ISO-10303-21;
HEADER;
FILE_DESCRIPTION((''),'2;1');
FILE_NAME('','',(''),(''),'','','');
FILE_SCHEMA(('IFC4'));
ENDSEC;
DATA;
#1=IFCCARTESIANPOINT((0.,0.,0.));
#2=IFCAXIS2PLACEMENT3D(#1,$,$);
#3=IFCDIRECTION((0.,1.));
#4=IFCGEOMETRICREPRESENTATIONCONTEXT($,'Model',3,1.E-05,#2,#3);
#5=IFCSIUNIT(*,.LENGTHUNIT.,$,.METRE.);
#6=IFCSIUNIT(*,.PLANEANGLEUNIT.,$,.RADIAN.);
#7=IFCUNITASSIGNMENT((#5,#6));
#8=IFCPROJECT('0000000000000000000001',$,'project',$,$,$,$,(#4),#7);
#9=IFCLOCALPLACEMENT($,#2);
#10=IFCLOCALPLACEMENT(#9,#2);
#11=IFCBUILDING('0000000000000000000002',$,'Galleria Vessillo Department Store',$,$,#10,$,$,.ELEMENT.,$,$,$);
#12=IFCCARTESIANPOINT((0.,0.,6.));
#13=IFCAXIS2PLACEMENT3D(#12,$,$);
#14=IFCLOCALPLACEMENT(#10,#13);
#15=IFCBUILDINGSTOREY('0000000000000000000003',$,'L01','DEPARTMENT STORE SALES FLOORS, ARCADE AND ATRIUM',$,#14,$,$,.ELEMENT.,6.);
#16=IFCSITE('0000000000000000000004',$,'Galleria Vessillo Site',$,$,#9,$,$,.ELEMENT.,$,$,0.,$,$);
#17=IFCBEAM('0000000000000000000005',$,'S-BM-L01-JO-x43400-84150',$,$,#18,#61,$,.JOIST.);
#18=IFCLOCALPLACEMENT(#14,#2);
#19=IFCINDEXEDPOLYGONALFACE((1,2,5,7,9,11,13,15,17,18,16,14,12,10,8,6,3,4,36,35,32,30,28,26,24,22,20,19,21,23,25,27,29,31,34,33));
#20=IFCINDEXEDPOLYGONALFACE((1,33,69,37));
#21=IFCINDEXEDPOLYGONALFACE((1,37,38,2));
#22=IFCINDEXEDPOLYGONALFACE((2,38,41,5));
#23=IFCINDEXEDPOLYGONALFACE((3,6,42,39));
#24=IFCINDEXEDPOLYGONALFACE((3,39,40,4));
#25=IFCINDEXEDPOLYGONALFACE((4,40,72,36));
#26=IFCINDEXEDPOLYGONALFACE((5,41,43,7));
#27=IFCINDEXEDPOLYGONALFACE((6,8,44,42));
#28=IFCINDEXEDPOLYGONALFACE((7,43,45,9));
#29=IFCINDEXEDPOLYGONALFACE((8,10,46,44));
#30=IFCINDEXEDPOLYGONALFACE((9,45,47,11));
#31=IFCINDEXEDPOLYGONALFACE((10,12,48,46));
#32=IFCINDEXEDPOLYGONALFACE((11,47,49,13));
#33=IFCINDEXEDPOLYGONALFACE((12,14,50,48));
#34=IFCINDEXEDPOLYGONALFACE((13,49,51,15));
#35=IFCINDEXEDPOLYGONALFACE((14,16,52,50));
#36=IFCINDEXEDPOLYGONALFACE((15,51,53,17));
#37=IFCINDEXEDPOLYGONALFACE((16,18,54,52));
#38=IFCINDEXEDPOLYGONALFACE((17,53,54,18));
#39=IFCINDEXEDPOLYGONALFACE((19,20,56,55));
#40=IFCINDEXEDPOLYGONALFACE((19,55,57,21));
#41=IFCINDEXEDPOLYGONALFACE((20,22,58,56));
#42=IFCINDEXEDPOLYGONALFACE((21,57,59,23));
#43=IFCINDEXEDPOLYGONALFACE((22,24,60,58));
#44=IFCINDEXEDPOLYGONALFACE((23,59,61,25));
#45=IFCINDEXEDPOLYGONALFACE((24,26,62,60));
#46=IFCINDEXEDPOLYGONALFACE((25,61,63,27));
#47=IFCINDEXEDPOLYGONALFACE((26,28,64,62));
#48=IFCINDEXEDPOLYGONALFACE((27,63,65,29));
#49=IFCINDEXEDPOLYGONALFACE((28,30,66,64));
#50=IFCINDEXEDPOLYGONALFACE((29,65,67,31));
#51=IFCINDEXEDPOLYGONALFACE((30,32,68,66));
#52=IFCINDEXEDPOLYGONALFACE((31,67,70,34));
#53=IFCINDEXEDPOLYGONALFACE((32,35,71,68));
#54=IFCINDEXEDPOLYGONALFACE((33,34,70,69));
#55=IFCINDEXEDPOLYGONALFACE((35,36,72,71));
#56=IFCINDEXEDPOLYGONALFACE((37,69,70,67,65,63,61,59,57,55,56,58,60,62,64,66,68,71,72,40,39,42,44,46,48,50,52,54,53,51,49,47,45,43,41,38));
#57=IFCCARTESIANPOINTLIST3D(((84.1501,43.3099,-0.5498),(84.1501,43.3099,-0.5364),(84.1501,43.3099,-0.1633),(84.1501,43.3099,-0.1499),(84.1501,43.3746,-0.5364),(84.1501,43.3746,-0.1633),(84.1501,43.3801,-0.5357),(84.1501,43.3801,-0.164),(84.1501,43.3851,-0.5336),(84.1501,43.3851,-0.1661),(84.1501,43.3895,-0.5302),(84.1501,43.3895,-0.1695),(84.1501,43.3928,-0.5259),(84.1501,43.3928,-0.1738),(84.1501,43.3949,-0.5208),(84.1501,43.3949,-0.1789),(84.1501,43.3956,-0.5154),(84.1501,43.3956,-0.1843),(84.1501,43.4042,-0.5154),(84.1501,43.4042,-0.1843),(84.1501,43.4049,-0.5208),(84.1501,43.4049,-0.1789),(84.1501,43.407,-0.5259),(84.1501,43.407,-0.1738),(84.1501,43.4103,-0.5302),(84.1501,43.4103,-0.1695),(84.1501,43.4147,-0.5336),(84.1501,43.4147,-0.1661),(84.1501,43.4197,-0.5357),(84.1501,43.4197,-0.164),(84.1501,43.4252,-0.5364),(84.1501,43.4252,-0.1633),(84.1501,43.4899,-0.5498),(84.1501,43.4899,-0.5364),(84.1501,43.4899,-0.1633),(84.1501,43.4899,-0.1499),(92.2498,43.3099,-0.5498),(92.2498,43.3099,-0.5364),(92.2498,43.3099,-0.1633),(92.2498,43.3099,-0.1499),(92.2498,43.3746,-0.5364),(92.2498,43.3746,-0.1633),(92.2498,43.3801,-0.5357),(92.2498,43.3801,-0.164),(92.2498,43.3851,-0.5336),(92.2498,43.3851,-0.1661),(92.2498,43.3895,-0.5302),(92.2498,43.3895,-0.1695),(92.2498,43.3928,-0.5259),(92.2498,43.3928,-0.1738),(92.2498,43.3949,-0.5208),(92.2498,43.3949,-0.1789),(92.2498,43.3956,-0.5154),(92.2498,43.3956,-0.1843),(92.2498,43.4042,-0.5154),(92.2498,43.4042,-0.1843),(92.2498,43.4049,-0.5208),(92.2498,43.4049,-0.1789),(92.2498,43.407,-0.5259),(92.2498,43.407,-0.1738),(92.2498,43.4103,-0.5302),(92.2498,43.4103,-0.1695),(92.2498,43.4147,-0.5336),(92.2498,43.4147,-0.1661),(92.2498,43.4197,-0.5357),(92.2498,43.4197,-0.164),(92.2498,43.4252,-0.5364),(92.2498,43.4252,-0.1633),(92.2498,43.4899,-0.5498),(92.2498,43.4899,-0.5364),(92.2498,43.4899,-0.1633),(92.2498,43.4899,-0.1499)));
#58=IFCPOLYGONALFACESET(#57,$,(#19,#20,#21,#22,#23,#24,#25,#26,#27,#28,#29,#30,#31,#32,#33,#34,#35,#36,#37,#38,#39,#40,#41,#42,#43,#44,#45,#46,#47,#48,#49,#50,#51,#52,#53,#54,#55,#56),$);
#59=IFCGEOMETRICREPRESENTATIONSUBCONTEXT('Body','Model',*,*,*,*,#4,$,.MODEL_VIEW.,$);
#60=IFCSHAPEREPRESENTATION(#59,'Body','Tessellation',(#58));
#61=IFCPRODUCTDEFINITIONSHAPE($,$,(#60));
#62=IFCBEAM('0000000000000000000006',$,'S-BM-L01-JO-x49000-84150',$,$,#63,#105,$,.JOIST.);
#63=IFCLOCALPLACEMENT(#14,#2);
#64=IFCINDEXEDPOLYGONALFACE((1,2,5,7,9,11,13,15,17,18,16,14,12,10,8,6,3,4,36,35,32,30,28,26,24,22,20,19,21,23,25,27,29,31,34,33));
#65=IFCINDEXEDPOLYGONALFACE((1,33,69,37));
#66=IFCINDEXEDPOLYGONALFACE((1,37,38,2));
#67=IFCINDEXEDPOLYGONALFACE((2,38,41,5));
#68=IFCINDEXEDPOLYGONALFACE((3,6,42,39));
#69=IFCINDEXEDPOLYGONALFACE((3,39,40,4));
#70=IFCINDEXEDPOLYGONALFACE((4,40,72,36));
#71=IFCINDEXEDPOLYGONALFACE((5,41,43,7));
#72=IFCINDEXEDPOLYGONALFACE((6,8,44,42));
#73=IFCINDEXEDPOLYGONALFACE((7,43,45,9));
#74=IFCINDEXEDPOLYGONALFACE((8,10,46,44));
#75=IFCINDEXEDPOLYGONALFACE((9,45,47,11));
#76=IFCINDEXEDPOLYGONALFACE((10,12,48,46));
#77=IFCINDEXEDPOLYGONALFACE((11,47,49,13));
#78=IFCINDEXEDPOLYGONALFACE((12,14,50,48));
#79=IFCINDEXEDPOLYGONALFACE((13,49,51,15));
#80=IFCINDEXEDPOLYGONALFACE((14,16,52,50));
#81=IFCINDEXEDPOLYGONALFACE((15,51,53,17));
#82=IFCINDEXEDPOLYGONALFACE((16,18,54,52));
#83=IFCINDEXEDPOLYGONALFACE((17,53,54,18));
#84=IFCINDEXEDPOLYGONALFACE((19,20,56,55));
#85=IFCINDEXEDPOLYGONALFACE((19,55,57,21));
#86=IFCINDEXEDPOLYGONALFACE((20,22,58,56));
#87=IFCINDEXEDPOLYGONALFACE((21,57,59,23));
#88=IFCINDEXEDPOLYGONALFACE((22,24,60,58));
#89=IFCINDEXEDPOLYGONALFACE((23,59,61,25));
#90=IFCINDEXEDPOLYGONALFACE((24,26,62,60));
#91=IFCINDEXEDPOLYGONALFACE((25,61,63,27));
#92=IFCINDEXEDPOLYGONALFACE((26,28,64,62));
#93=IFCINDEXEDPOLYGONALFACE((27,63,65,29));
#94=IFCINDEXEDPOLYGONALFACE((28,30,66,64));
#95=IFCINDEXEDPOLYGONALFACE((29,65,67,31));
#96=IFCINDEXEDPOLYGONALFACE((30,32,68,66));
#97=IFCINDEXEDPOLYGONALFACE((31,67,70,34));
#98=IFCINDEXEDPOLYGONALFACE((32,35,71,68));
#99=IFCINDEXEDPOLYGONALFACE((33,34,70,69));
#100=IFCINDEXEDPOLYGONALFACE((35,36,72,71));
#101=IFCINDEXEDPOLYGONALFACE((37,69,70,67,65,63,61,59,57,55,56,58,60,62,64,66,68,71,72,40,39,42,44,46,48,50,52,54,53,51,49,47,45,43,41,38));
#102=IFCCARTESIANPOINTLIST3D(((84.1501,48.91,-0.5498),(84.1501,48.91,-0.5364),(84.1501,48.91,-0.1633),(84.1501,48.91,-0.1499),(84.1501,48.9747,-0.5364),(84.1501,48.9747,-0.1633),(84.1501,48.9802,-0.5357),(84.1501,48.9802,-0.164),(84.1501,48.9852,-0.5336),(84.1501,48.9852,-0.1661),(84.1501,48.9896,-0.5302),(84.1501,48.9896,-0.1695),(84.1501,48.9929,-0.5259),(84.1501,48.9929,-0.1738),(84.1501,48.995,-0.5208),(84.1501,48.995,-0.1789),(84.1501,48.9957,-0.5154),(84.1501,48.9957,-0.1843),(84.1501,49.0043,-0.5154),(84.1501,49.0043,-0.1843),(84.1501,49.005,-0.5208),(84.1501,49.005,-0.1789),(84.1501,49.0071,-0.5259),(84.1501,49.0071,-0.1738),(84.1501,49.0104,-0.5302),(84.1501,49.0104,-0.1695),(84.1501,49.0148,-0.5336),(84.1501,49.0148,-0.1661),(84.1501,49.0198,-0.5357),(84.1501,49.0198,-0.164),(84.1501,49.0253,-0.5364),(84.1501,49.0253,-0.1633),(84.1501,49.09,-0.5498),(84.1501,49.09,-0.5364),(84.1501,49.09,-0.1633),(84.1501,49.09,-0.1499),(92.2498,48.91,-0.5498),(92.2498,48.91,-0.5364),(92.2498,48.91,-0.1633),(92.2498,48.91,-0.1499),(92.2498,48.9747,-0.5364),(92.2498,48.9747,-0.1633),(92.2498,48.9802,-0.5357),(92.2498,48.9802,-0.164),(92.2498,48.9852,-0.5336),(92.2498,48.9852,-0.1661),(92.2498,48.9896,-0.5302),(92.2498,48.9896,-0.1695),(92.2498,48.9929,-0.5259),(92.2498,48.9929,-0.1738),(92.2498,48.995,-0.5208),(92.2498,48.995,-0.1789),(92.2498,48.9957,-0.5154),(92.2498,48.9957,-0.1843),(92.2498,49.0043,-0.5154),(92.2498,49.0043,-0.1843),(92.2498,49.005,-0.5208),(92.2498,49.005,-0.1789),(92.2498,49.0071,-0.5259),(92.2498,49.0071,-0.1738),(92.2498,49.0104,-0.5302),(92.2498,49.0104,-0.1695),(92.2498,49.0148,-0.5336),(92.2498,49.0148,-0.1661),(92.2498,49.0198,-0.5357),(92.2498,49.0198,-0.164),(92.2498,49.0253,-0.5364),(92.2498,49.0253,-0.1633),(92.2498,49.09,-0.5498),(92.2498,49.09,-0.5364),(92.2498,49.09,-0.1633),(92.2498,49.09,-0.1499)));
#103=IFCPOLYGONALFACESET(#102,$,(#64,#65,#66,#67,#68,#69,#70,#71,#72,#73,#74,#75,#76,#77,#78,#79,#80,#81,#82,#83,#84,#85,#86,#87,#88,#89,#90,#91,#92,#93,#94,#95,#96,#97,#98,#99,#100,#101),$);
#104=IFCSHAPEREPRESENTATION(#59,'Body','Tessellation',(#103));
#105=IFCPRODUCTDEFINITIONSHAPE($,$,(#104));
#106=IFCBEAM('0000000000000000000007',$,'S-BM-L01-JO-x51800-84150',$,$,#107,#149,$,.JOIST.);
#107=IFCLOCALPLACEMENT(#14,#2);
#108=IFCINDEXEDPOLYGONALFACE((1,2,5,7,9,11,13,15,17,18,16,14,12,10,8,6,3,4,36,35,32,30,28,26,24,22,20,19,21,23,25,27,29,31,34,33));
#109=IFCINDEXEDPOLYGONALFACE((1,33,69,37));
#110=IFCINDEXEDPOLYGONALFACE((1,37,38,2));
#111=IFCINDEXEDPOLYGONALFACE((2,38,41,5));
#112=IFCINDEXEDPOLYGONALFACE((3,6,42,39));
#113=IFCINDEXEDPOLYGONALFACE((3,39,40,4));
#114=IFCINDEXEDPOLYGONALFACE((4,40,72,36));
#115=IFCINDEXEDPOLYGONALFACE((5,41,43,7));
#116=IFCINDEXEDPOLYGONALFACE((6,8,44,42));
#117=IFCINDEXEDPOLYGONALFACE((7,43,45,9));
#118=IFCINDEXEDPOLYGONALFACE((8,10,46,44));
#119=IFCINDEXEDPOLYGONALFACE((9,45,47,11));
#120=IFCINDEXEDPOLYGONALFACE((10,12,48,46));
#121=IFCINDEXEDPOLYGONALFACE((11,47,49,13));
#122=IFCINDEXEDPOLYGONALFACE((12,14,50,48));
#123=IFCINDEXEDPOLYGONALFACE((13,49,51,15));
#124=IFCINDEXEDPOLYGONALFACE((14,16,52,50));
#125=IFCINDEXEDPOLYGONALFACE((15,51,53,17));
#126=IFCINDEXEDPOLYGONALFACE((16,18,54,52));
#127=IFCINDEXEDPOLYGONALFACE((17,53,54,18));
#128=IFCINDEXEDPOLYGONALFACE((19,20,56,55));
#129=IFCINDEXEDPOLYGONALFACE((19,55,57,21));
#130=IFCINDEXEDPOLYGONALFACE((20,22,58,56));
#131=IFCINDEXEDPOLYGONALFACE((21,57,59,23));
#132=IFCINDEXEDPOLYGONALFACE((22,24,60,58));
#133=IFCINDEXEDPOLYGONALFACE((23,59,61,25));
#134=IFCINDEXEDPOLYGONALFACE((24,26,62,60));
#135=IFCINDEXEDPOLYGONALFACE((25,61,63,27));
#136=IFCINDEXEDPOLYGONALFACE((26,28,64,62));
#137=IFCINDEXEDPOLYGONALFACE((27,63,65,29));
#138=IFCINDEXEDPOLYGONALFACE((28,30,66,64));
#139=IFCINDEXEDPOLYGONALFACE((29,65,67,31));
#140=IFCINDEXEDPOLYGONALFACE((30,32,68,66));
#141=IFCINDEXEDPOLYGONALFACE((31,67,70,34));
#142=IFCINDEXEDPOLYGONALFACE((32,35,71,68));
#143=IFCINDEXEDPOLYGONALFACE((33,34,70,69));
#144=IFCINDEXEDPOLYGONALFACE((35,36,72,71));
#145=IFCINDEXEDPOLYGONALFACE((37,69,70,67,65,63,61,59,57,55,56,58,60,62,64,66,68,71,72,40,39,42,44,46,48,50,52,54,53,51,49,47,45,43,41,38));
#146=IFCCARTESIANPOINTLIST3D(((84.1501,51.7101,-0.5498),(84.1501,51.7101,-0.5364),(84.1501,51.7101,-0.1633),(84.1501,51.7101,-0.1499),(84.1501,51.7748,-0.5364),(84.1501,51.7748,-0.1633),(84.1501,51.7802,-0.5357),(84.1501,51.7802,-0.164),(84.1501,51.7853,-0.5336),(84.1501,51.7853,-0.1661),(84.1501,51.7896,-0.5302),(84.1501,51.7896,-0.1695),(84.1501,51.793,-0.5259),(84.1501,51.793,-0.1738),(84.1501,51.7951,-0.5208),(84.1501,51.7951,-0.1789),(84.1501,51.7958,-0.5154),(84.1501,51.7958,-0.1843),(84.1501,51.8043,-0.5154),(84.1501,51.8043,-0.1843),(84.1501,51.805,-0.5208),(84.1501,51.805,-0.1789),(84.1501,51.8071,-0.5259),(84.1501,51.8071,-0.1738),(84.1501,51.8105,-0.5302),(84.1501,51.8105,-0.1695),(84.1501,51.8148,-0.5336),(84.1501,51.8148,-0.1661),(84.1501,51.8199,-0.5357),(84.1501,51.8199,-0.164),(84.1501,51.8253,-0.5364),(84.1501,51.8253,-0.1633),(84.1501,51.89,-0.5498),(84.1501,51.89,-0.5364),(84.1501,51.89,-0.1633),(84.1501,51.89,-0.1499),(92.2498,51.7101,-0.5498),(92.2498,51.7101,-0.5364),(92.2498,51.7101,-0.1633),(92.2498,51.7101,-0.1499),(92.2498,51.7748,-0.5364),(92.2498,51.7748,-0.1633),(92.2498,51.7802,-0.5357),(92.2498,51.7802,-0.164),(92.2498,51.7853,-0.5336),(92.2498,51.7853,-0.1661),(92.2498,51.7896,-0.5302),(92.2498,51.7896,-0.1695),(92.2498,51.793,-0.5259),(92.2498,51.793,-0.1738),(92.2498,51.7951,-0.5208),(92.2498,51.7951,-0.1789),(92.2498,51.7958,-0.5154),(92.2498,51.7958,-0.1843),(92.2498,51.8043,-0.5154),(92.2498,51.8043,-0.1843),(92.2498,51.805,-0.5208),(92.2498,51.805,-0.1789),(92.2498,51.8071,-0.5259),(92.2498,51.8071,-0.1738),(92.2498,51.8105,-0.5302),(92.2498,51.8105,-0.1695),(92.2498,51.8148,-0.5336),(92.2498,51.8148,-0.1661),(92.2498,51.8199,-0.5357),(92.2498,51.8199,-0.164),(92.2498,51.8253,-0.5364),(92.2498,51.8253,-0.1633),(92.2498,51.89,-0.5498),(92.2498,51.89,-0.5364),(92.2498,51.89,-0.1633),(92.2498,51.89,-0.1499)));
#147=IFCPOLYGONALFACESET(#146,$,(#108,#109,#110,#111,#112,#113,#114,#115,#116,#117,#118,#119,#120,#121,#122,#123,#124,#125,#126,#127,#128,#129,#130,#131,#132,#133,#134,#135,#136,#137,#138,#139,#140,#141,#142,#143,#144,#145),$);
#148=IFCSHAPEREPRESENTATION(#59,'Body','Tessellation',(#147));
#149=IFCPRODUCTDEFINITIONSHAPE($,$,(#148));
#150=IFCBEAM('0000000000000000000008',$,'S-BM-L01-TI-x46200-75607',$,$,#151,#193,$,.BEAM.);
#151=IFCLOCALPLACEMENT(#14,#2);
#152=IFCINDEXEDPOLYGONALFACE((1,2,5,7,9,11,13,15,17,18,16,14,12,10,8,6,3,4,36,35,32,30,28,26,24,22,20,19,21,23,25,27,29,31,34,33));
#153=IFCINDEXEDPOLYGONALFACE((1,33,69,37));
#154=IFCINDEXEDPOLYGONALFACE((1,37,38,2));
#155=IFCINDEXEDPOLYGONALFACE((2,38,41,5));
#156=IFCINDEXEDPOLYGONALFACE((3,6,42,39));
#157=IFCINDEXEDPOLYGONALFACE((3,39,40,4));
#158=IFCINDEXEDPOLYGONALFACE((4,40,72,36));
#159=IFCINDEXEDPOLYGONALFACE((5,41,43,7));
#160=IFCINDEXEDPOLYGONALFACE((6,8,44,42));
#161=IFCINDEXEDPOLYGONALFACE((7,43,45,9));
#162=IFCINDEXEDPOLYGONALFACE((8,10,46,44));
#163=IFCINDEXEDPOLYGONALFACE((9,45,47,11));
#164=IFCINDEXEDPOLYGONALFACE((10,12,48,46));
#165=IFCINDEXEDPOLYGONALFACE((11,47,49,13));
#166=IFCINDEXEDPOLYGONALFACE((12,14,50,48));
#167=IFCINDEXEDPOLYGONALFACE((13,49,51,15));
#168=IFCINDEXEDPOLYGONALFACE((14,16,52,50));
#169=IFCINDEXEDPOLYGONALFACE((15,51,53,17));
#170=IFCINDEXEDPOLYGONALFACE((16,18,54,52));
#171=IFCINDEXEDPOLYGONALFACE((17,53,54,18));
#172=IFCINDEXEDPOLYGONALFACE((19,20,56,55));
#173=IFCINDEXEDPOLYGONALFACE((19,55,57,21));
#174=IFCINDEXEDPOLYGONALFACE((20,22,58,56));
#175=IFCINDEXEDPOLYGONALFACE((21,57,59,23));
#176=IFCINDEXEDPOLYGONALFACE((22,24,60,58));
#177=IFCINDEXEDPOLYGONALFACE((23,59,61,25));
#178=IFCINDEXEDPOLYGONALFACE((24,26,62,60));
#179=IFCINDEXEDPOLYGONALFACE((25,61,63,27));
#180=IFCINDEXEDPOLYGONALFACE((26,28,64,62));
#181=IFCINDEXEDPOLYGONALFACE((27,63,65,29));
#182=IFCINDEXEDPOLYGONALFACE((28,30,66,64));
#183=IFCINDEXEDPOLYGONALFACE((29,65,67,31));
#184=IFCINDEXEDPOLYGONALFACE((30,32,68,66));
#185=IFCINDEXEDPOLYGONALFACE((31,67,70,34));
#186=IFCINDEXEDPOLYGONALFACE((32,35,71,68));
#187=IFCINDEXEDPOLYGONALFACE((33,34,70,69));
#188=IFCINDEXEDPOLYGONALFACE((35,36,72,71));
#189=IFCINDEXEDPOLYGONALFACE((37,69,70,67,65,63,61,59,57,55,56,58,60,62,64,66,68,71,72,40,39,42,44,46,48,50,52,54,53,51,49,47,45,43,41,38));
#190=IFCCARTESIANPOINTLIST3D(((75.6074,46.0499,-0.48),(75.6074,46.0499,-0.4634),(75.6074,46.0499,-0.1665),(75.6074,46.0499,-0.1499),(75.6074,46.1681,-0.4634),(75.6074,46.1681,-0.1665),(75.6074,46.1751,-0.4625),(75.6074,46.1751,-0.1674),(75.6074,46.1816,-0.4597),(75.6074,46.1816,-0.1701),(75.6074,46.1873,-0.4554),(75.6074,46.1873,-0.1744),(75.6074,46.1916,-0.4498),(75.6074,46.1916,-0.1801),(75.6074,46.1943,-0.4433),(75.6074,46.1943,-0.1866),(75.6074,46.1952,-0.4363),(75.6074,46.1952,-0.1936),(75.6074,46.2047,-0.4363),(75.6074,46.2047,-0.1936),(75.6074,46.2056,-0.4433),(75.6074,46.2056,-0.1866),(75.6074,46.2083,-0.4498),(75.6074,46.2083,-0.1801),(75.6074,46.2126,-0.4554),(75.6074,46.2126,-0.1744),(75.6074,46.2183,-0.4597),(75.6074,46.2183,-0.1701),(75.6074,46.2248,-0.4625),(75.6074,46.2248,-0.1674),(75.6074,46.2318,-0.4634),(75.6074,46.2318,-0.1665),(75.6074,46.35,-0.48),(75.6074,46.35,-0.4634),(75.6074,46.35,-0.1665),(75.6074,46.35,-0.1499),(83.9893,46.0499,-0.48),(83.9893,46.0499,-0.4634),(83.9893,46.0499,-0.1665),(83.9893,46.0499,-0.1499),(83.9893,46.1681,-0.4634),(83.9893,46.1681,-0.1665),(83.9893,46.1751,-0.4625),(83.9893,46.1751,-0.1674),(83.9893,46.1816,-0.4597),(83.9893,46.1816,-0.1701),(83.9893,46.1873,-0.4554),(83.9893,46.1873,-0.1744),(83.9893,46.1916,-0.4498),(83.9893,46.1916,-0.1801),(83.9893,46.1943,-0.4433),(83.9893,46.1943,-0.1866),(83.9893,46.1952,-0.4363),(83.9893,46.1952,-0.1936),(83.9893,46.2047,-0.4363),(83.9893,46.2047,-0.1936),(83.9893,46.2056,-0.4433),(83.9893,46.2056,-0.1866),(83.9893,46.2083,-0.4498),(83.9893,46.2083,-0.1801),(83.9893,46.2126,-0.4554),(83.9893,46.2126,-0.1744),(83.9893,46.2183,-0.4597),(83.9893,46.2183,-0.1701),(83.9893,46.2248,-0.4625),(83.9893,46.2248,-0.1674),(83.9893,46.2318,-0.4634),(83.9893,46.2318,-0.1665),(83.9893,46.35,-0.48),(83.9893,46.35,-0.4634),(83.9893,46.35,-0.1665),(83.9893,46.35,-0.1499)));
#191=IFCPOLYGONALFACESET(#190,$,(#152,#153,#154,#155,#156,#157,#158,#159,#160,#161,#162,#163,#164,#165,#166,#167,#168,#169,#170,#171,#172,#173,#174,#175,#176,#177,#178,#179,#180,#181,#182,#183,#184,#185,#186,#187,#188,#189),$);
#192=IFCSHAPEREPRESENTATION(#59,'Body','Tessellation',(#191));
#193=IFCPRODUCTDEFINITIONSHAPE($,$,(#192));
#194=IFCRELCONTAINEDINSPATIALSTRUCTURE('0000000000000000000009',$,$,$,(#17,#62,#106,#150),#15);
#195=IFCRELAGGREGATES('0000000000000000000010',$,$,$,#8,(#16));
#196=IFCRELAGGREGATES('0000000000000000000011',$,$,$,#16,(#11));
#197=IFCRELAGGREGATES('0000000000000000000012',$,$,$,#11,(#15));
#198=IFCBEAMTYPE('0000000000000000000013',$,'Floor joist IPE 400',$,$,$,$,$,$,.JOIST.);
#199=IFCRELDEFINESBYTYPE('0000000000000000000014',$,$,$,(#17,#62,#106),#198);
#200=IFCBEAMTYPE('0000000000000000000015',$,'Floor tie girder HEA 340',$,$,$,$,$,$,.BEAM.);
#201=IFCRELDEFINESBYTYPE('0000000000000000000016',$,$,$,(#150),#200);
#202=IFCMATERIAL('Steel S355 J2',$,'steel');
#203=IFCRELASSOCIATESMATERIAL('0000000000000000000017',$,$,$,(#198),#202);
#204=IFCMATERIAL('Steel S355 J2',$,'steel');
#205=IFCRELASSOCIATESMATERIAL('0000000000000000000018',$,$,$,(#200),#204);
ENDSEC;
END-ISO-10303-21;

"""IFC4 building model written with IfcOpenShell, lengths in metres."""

from ifc_helpers import new_model, si_unit, direction, frame, origin, origin_2d, place, context, subcontext, project, spatial, i_section, extrude, material, material_profile, profile_set, type_object, element, save


model = new_model("IFC4")

# Units and contexts
model_context = context("Model", 3, precision=1e-05, world=origin(), true_north=direction((0.0, 1.0)))
body_context = subcontext(model_context, "Body", "Model", "MODEL_VIEW")
ifc_project = project(units=[si_unit("LENGTHUNIT", "METRE"), si_unit("PLANEANGLEUNIT", "RADIAN")], contexts=[model_context])

# Site, building, storey
site_placement = place(None, origin())
site = spatial("IfcSite", under=ifc_project, at=site_placement, Name="Galleria Vessillo Site", CompositionType="ELEMENT", RefElevation=0.0)
building_placement = place(site_placement, origin())
building = spatial("IfcBuilding", under=site, at=building_placement, Name="Galleria Vessillo Department Store", CompositionType="ELEMENT")
storey_placement = place(building_placement, frame((0.0, 0.0, 6.0)))
storey = spatial("IfcBuildingStorey", under=building, at=storey_placement, Name="L01", Description="DEPARTMENT STORE SALES FLOORS, ARCADE AND ATRIUM", CompositionType="ELEMENT", Elevation=6.0)

# Beams
ifc_material_1 = material(Name="Steel S355 J2", Category="steel")
ifc_material_profile_1 = material_profile(ifc_material_1, i_section(OverallWidth=0.1799, OverallDepth=0.3999, WebThickness=0.0085, FlangeThickness=0.0134, FilletRadius=0.021, at=origin_2d()), Name="IPE 400")
ifc_profile_set_1 = profile_set([ifc_material_profile_1], Name="Steel S355 J2")
beam_type_1 = type_object("IfcBeamType", Name="Floor joist IPE 400", PredefinedType="JOIST", material=ifc_profile_set_1)
for number, where, z_axis, x_axis, name in (
    (1, (84.1501, 43.3999, -0.3499), (1.0, 0.0, 0.0), (0.0, 1.0, 0.0), "S-BM-L01-JO-x43400-84150"),
    (2, (84.1501, 49.0, -0.3499), (1.0, 0.0, 0.0), (0.0, 1.0, 0.0), "S-BM-L01-JO-x49000-84150"),
    (3, (84.1501, 51.8, -0.3499), (1.0, 0.0, 0.0), (0.0, 1.0, 0.0), "S-BM-L01-JO-x51800-84150"),
):
    element("IfcBeam", number, at=place(storey_placement, frame(where, z_axis=z_axis, x_axis=x_axis)), inside=storey, type_object=beam_type_1, Name=name, PredefinedType="JOIST", context=body_context, shape_type="SweptSolid", body=[
        extrude(i_section(OverallWidth=0.1799, OverallDepth=0.3999, WebThickness=0.0085, FlangeThickness=0.0134, FilletRadius=0.021, at=origin_2d()), origin(), (0.0, 0.0, 1.0), 8.0996),
    ])
ifc_material_2 = material(Name="Steel S355 J2", Category="steel")
ifc_material_profile_2 = material_profile(ifc_material_2, i_section(OverallWidth=0.3, OverallDepth=0.3301, WebThickness=0.0095, FlangeThickness=0.0166, FilletRadius=0.0271, at=origin_2d()), Name="HEA 340")
ifc_profile_set_2 = profile_set([ifc_material_profile_2], Name="Steel S355 J2")
beam_type_2 = type_object("IfcBeamType", Name="Floor tie girder HEA 340", PredefinedType="BEAM", material=ifc_profile_set_2)
beam_1_placement = place(storey_placement, frame((75.6074, 46.2, -0.3149), z_axis=(1.0, 0.0, 0.0), x_axis=(0.0, 1.0, 0.0)))
element("IfcBeam", 4, at=beam_1_placement, inside=storey, type_object=beam_type_2, Name="S-BM-L01-TI-x46200-75607", PredefinedType="BEAM", context=body_context, shape_type="SweptSolid", body=[
    extrude(i_section(OverallWidth=0.3, OverallDepth=0.3301, WebThickness=0.0095, FlangeThickness=0.0166, FilletRadius=0.0271, at=origin_2d()), origin(), (0.0, 0.0, 1.0), 8.3818),
])

save(model, "model.ifc")
